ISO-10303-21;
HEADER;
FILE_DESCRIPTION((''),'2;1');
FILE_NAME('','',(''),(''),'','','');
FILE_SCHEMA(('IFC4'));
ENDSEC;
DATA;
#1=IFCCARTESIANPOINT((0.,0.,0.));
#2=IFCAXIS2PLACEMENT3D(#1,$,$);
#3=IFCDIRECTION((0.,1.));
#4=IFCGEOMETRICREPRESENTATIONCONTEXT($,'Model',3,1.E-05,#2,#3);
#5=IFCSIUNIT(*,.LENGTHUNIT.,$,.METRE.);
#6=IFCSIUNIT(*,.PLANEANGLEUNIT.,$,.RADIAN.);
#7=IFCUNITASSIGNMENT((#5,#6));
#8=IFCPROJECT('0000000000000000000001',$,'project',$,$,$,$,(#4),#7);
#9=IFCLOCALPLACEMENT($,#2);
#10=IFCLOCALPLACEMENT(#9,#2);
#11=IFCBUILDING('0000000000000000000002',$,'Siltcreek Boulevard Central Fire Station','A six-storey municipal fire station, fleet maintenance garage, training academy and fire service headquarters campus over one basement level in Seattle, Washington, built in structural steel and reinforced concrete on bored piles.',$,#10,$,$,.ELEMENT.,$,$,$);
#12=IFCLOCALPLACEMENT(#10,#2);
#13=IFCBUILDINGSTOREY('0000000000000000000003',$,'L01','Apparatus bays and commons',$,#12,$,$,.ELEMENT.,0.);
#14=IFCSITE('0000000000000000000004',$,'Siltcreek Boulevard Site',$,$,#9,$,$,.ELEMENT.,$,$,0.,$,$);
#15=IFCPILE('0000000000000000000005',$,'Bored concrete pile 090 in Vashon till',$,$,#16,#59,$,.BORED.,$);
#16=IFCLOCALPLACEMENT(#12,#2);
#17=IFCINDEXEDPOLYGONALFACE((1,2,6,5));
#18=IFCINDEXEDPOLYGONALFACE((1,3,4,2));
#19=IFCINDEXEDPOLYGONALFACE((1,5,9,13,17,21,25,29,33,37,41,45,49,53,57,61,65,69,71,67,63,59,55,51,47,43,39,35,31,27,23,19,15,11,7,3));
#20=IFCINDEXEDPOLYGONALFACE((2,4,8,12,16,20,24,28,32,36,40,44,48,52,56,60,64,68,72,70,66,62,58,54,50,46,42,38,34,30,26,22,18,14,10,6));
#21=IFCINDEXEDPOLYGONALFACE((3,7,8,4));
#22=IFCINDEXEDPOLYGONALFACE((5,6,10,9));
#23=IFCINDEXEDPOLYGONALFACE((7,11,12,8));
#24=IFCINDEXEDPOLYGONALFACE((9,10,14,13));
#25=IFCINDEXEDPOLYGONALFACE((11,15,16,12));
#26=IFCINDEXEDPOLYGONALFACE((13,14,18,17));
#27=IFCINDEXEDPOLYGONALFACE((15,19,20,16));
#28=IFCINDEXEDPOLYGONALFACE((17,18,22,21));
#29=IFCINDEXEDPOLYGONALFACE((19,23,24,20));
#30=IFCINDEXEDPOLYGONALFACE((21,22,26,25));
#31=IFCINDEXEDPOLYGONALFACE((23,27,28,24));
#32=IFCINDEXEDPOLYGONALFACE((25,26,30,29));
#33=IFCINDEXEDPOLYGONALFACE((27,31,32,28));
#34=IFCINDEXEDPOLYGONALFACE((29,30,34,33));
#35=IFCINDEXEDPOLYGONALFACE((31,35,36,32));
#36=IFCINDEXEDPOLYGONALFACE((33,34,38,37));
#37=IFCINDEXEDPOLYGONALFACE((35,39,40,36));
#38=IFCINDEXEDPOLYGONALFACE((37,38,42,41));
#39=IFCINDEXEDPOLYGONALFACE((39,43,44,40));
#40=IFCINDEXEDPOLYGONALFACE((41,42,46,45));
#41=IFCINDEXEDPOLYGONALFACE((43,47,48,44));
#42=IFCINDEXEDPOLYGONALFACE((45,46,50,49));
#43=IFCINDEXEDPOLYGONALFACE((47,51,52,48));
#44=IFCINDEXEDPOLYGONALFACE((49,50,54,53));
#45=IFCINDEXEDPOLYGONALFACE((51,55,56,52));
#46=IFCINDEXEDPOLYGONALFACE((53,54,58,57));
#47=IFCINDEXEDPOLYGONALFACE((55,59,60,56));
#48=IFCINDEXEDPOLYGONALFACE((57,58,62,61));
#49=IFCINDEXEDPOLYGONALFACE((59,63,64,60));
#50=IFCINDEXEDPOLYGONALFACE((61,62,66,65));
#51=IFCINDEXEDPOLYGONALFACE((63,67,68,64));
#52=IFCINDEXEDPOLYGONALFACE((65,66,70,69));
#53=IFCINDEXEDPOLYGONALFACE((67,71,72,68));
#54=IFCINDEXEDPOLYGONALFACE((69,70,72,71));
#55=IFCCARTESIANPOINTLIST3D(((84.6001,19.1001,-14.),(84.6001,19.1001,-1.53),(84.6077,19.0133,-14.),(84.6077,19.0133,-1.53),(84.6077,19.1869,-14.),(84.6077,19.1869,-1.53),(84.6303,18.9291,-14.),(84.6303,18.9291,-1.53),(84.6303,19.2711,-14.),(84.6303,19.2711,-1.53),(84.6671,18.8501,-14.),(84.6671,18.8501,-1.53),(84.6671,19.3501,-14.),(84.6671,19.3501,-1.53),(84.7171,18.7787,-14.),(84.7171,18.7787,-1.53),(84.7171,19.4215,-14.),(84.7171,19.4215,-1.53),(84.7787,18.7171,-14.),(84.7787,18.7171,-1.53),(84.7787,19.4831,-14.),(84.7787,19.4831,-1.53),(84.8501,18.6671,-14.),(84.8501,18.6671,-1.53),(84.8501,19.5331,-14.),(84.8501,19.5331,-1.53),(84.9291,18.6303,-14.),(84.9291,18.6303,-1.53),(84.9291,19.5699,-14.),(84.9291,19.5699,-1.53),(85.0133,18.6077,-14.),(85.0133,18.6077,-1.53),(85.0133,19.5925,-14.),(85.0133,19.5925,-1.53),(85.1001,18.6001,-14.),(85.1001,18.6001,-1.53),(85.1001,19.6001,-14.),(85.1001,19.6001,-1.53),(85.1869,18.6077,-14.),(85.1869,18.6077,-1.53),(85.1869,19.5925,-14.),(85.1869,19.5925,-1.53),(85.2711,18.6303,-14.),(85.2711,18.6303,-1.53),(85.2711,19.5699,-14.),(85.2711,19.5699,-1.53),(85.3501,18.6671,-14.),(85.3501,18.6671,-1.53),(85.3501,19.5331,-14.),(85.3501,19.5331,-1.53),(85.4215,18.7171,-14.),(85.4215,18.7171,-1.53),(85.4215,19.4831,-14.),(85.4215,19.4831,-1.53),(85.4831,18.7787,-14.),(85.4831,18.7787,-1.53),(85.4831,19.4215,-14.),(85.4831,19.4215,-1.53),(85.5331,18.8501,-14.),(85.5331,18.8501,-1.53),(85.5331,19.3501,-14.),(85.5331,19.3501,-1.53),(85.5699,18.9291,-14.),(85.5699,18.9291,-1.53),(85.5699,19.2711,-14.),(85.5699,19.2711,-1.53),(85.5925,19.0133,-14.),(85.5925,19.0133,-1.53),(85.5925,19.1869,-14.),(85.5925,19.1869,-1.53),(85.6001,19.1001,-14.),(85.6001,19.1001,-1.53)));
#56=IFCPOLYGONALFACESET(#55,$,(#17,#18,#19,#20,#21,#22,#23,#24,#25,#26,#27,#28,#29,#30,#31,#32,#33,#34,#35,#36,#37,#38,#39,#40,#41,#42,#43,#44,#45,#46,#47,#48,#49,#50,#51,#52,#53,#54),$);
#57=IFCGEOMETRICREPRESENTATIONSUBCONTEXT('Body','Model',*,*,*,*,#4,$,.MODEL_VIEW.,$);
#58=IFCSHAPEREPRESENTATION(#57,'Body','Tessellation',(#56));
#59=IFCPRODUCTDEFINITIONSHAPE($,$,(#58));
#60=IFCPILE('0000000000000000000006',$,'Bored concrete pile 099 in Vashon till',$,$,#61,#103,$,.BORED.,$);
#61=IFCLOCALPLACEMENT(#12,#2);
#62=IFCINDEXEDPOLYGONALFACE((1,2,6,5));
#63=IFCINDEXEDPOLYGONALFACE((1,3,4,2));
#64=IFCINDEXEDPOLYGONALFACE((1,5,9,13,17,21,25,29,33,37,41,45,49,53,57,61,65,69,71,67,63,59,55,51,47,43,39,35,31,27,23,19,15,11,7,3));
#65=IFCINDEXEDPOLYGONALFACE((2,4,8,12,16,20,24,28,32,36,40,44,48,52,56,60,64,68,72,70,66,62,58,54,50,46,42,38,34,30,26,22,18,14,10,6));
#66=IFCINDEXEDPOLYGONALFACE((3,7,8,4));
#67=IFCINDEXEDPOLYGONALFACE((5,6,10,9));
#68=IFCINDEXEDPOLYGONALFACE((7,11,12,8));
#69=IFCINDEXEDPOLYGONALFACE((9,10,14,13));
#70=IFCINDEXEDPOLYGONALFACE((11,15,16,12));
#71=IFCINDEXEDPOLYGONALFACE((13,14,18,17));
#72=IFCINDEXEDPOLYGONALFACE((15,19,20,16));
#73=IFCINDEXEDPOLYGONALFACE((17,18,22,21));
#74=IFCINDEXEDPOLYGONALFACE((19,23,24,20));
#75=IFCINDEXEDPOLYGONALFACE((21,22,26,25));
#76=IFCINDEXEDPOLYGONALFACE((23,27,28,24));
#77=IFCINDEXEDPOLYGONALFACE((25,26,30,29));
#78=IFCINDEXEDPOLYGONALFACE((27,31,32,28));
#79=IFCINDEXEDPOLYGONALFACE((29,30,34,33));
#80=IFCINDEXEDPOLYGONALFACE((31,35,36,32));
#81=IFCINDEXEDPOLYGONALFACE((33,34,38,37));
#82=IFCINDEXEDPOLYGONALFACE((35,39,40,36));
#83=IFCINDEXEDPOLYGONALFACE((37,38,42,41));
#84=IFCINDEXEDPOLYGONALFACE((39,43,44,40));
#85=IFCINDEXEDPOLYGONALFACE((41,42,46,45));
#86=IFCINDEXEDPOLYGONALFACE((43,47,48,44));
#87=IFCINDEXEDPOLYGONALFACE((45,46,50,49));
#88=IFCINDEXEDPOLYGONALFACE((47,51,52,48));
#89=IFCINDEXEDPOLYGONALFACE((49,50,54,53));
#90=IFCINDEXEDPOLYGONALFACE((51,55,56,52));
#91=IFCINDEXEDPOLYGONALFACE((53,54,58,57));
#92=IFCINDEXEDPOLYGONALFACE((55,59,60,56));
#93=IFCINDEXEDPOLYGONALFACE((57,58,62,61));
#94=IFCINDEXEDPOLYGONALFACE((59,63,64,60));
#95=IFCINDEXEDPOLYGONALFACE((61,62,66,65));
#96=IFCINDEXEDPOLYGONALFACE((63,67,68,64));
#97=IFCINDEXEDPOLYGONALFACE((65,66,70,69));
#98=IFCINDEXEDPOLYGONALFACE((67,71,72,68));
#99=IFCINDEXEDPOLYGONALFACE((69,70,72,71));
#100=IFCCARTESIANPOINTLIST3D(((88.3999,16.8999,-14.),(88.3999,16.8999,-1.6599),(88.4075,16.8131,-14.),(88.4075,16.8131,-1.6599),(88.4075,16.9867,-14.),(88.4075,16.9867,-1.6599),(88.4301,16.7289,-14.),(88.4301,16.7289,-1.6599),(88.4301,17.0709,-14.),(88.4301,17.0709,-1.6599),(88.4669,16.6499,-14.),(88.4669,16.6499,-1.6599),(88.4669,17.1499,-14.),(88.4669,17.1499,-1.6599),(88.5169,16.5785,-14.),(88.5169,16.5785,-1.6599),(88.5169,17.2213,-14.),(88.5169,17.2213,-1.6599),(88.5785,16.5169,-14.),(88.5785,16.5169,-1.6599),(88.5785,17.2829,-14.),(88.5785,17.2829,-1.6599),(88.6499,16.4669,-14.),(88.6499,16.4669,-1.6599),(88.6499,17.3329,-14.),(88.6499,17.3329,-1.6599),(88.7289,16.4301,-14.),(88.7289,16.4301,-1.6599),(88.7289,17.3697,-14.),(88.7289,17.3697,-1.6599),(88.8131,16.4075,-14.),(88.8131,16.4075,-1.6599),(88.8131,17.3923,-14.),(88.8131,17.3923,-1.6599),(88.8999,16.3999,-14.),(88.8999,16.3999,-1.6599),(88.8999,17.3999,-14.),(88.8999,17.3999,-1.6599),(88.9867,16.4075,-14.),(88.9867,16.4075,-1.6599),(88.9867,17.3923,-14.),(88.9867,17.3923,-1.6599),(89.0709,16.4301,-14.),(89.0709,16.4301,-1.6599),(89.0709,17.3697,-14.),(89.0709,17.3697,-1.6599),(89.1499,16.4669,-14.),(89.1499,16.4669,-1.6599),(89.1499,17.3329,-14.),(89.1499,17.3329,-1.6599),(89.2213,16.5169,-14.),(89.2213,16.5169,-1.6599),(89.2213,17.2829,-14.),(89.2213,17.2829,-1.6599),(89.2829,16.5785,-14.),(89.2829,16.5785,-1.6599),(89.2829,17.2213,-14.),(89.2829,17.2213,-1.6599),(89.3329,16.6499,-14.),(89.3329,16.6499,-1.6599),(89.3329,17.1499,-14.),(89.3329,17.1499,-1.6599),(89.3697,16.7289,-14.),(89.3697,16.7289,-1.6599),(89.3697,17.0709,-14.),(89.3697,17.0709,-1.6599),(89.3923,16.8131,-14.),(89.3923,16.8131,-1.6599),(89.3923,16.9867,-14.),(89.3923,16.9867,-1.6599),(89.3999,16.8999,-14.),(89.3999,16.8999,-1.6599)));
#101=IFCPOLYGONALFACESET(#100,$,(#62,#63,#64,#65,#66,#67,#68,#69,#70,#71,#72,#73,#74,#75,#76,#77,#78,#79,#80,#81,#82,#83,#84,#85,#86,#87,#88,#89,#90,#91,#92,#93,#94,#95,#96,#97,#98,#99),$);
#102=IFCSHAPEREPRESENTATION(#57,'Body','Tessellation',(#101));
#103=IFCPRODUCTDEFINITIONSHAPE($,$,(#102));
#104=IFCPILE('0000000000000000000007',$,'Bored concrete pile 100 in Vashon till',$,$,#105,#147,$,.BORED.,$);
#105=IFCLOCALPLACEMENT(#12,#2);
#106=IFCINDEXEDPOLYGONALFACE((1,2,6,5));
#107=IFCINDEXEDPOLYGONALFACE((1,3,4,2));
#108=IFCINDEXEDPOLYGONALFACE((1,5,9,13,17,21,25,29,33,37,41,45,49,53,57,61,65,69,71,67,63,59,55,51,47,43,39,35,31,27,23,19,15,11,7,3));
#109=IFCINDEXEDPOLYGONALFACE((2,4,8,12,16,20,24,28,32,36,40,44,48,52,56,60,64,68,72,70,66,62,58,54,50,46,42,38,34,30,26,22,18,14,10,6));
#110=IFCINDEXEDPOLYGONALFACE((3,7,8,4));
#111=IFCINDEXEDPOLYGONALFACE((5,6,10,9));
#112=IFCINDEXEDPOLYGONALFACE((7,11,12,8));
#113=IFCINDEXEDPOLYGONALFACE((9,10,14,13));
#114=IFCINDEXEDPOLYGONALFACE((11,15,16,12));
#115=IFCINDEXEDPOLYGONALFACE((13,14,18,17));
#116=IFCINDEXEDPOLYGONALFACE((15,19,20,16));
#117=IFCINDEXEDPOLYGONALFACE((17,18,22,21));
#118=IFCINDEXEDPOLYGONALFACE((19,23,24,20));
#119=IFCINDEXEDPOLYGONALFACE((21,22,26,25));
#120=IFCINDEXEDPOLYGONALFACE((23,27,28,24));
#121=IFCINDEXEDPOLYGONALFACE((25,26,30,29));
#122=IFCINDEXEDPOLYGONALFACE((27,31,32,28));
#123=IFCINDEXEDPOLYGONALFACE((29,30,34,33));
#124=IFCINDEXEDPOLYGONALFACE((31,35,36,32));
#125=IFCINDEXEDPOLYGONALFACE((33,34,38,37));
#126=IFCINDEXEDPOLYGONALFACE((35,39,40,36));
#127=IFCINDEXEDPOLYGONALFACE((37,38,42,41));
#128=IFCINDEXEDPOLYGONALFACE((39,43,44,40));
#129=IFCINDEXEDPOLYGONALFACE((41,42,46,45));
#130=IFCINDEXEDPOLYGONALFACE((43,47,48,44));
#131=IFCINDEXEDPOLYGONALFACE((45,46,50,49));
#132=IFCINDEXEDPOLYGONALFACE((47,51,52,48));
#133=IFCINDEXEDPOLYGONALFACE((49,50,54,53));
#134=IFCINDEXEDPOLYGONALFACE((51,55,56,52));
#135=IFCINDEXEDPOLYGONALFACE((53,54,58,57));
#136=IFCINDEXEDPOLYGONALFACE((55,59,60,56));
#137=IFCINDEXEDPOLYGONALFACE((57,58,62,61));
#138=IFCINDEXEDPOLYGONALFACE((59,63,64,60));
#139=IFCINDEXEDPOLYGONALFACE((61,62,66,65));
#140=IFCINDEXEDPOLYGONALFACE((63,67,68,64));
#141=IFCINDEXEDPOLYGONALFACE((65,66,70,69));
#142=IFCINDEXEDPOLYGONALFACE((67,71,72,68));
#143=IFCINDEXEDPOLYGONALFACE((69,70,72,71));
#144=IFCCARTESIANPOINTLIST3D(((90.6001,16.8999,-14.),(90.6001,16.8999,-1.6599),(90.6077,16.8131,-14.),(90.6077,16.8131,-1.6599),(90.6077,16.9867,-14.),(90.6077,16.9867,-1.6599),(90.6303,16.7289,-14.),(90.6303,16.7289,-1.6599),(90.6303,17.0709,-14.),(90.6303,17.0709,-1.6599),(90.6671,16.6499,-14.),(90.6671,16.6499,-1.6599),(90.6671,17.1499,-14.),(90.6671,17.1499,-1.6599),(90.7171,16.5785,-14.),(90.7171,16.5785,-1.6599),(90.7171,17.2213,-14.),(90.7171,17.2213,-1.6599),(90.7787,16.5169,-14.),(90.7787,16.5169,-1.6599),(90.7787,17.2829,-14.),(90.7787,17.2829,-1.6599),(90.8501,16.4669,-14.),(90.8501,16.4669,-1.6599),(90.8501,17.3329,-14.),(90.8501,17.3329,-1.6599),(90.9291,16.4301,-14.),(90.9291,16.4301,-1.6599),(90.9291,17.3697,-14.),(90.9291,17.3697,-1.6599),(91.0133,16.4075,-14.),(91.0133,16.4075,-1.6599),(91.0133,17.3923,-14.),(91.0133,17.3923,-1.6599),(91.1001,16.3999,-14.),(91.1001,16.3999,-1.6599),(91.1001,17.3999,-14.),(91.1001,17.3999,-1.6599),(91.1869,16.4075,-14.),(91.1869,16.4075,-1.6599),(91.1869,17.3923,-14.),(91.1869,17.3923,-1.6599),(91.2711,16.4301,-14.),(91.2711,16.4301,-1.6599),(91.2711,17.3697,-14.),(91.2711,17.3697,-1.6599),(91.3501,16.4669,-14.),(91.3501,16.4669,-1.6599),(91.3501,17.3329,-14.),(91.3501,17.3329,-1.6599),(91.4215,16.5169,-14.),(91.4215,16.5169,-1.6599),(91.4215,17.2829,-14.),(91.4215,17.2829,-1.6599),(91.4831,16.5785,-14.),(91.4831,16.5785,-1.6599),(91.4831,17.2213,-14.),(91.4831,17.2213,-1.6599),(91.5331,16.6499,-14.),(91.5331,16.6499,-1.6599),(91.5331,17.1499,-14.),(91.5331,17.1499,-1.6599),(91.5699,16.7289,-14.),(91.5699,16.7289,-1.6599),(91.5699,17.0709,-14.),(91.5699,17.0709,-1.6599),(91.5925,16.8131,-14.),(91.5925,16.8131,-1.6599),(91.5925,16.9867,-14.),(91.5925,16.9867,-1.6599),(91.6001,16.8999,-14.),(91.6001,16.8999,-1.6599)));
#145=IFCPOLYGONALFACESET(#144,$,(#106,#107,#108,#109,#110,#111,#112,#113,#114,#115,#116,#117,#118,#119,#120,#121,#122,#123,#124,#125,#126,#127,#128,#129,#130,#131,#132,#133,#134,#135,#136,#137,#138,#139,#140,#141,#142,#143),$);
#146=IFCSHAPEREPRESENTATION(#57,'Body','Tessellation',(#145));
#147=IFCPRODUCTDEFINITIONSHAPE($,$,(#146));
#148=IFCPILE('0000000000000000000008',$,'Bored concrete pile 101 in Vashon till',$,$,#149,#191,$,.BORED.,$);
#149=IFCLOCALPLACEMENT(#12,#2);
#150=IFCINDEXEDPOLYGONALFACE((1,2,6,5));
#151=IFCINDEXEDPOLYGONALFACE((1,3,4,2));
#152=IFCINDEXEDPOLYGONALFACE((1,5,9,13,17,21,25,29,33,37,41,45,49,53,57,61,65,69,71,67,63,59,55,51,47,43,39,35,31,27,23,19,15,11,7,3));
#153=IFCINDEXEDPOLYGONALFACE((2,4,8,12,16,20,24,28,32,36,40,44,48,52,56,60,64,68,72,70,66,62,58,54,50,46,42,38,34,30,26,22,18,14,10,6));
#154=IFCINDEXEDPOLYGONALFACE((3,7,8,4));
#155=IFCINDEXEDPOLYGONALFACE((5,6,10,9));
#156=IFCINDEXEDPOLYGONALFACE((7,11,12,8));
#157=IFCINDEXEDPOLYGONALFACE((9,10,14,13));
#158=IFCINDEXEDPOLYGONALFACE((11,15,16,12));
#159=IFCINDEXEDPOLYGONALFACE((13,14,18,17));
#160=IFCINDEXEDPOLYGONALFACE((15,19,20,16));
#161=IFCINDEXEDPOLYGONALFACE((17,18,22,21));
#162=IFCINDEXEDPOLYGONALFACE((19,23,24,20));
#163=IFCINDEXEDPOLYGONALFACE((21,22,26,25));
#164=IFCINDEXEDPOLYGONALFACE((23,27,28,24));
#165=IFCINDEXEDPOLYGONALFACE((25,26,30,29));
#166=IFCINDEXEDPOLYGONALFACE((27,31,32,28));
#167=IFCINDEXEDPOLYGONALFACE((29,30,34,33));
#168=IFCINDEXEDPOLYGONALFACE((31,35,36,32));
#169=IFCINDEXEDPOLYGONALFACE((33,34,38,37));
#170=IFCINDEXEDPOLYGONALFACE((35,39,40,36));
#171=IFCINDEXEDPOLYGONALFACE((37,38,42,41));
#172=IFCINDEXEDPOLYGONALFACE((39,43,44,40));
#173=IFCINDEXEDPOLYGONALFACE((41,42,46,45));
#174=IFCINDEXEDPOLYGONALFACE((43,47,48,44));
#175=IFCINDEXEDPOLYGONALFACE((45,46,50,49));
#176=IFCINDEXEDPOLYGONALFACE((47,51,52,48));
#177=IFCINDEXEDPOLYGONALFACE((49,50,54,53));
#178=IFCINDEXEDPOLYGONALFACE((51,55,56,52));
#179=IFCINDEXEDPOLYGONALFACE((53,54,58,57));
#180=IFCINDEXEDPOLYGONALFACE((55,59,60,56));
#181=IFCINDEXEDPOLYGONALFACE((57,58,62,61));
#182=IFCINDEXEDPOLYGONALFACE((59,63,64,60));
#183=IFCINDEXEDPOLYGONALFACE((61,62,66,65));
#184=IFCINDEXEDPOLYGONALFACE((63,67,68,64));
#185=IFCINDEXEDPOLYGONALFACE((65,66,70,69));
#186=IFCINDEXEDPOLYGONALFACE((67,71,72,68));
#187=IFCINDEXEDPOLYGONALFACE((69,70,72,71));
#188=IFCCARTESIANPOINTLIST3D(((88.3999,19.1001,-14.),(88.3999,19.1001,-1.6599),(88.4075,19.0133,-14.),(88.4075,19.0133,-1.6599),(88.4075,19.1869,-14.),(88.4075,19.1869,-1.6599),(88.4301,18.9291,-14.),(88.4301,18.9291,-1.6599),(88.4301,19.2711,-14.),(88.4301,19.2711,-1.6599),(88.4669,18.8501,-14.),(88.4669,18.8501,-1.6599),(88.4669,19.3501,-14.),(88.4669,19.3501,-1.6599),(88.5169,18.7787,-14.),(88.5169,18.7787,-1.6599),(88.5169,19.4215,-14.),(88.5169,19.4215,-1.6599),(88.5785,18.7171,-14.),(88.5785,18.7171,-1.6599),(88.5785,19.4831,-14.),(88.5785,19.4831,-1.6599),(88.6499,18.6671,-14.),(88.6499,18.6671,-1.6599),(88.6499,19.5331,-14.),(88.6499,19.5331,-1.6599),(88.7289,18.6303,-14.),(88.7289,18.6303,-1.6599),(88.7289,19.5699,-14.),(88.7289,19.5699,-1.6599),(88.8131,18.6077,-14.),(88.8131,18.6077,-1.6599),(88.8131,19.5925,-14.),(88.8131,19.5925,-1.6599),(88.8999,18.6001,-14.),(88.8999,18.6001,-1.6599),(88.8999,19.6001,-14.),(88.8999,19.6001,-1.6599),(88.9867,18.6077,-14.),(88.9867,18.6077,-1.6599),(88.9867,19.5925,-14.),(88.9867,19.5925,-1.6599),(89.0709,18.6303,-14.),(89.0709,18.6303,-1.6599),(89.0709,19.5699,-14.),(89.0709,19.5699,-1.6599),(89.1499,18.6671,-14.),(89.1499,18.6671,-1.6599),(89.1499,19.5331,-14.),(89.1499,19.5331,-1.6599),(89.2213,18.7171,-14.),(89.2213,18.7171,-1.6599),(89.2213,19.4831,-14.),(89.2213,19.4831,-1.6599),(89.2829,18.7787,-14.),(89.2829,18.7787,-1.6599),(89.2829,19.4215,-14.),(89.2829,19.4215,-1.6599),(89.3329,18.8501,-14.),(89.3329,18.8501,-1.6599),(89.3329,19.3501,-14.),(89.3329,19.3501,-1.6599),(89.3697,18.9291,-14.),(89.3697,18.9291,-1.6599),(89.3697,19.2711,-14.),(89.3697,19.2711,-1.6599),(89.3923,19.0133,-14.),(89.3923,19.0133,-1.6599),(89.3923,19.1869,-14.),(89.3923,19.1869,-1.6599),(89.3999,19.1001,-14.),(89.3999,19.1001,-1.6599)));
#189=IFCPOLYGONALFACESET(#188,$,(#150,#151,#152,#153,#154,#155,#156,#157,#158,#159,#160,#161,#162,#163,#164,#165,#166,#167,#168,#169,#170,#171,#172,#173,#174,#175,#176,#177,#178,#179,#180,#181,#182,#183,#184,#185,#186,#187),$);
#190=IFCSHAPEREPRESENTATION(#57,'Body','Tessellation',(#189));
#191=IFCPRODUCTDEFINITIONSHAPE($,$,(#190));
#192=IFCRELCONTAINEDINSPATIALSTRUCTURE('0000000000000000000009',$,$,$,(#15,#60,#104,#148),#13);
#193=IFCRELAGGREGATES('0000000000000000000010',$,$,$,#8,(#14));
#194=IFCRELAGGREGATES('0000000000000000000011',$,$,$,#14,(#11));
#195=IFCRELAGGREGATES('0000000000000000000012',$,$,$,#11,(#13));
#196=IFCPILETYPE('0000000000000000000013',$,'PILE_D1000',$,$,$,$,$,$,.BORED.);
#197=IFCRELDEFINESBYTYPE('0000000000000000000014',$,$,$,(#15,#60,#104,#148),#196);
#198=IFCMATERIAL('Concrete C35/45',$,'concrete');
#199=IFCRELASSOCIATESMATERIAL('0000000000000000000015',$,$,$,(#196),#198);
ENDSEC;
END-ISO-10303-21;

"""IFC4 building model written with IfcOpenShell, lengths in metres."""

from ifc_helpers import new_model, si_unit, direction, frame, origin, origin_2d, place, context, subcontext, project, spatial, circle, extrude, material, material_profile, profile_set, type_object, element, save


model = new_model("IFC4")

# Units and contexts
model_context = context("Model", 3, precision=1e-05, world=origin(), true_north=direction((0.0, 1.0)))
body_context = subcontext(model_context, "Body", "Model", "MODEL_VIEW")
ifc_project = project(units=[si_unit("LENGTHUNIT", "METRE"), si_unit("PLANEANGLEUNIT", "RADIAN")], contexts=[model_context])

# Site, building, storey
site_placement = place(None, origin())
site = spatial("IfcSite", under=ifc_project, at=site_placement, Name="Siltcreek Boulevard Site", CompositionType="ELEMENT", RefElevation=0.0)
building_placement = place(site_placement, origin())
building = spatial("IfcBuilding", under=site, at=building_placement, Name="Siltcreek Boulevard Central Fire Station", Description="A six-storey municipal fire station, fleet maintenance garage, training academy and fire service headquarters campus over one basement level in Seattle, Washington, built in structural steel and reinforced concrete on bored piles.", CompositionType="ELEMENT")
storey_placement = place(building_placement, origin())
storey = spatial("IfcBuildingStorey", under=building, at=storey_placement, Name="L01", Description="Apparatus bays and commons", CompositionType="ELEMENT", Elevation=0.0)

# Shared definitions
ifc_material_1 = material(Name="Concrete C35/45", Category="concrete")

# Piles
ifc_material_profile_1 = material_profile(ifc_material_1, circle(Radius=0.5, at=origin_2d()), Name="SHAFT1000")
ifc_profile_set_1 = profile_set([ifc_material_profile_1], Name="Concrete C35/45")
pile_type = type_object("IfcPileType", Name="PILE_D1000", PredefinedType="BORED", material=ifc_profile_set_1)
for number, where, z_axis, x_axis, name in (
    (1, (85.1001, 19.1001, -1.53), (0.0, 0.0, -1.0), (1.0, 0.0, 0.0), "Bored concrete pile 090 in Vashon till"),
):
    element("IfcPile", number, at=place(storey_placement, frame(where, z_axis=z_axis, x_axis=x_axis)), inside=storey, type_object=pile_type, Name=name, PredefinedType="BORED", context=body_context, shape_type="SweptSolid", body=[
        extrude(circle(Radius=0.5, at=origin_2d()), origin(), (0.0, 0.0, 1.0), 12.47),
    ])
for number, where, z_axis, x_axis, name in (
    (2, (88.8999, 16.8999, -1.6599), (0.0, 0.0, -1.0), (1.0, 0.0, 0.0), "Bored concrete pile 099 in Vashon till"),
    (3, (91.1001, 16.8999, -1.6599), (0.0, 0.0, -1.0), (1.0, 0.0, 0.0), "Bored concrete pile 100 in Vashon till"),
    (4, (88.8999, 19.1001, -1.6599), (0.0, 0.0, -1.0), (1.0, 0.0, 0.0), "Bored concrete pile 101 in Vashon till"),
):
    element("IfcPile", number, at=place(storey_placement, frame(where, z_axis=z_axis, x_axis=x_axis)), inside=storey, type_object=pile_type, Name=name, PredefinedType="BORED", context=body_context, shape_type="SweptSolid", body=[
        extrude(circle(Radius=0.5, at=origin_2d()), origin(), (0.0, 0.0, 1.0), 12.3401),
    ])

save(model, "model.ifc")
